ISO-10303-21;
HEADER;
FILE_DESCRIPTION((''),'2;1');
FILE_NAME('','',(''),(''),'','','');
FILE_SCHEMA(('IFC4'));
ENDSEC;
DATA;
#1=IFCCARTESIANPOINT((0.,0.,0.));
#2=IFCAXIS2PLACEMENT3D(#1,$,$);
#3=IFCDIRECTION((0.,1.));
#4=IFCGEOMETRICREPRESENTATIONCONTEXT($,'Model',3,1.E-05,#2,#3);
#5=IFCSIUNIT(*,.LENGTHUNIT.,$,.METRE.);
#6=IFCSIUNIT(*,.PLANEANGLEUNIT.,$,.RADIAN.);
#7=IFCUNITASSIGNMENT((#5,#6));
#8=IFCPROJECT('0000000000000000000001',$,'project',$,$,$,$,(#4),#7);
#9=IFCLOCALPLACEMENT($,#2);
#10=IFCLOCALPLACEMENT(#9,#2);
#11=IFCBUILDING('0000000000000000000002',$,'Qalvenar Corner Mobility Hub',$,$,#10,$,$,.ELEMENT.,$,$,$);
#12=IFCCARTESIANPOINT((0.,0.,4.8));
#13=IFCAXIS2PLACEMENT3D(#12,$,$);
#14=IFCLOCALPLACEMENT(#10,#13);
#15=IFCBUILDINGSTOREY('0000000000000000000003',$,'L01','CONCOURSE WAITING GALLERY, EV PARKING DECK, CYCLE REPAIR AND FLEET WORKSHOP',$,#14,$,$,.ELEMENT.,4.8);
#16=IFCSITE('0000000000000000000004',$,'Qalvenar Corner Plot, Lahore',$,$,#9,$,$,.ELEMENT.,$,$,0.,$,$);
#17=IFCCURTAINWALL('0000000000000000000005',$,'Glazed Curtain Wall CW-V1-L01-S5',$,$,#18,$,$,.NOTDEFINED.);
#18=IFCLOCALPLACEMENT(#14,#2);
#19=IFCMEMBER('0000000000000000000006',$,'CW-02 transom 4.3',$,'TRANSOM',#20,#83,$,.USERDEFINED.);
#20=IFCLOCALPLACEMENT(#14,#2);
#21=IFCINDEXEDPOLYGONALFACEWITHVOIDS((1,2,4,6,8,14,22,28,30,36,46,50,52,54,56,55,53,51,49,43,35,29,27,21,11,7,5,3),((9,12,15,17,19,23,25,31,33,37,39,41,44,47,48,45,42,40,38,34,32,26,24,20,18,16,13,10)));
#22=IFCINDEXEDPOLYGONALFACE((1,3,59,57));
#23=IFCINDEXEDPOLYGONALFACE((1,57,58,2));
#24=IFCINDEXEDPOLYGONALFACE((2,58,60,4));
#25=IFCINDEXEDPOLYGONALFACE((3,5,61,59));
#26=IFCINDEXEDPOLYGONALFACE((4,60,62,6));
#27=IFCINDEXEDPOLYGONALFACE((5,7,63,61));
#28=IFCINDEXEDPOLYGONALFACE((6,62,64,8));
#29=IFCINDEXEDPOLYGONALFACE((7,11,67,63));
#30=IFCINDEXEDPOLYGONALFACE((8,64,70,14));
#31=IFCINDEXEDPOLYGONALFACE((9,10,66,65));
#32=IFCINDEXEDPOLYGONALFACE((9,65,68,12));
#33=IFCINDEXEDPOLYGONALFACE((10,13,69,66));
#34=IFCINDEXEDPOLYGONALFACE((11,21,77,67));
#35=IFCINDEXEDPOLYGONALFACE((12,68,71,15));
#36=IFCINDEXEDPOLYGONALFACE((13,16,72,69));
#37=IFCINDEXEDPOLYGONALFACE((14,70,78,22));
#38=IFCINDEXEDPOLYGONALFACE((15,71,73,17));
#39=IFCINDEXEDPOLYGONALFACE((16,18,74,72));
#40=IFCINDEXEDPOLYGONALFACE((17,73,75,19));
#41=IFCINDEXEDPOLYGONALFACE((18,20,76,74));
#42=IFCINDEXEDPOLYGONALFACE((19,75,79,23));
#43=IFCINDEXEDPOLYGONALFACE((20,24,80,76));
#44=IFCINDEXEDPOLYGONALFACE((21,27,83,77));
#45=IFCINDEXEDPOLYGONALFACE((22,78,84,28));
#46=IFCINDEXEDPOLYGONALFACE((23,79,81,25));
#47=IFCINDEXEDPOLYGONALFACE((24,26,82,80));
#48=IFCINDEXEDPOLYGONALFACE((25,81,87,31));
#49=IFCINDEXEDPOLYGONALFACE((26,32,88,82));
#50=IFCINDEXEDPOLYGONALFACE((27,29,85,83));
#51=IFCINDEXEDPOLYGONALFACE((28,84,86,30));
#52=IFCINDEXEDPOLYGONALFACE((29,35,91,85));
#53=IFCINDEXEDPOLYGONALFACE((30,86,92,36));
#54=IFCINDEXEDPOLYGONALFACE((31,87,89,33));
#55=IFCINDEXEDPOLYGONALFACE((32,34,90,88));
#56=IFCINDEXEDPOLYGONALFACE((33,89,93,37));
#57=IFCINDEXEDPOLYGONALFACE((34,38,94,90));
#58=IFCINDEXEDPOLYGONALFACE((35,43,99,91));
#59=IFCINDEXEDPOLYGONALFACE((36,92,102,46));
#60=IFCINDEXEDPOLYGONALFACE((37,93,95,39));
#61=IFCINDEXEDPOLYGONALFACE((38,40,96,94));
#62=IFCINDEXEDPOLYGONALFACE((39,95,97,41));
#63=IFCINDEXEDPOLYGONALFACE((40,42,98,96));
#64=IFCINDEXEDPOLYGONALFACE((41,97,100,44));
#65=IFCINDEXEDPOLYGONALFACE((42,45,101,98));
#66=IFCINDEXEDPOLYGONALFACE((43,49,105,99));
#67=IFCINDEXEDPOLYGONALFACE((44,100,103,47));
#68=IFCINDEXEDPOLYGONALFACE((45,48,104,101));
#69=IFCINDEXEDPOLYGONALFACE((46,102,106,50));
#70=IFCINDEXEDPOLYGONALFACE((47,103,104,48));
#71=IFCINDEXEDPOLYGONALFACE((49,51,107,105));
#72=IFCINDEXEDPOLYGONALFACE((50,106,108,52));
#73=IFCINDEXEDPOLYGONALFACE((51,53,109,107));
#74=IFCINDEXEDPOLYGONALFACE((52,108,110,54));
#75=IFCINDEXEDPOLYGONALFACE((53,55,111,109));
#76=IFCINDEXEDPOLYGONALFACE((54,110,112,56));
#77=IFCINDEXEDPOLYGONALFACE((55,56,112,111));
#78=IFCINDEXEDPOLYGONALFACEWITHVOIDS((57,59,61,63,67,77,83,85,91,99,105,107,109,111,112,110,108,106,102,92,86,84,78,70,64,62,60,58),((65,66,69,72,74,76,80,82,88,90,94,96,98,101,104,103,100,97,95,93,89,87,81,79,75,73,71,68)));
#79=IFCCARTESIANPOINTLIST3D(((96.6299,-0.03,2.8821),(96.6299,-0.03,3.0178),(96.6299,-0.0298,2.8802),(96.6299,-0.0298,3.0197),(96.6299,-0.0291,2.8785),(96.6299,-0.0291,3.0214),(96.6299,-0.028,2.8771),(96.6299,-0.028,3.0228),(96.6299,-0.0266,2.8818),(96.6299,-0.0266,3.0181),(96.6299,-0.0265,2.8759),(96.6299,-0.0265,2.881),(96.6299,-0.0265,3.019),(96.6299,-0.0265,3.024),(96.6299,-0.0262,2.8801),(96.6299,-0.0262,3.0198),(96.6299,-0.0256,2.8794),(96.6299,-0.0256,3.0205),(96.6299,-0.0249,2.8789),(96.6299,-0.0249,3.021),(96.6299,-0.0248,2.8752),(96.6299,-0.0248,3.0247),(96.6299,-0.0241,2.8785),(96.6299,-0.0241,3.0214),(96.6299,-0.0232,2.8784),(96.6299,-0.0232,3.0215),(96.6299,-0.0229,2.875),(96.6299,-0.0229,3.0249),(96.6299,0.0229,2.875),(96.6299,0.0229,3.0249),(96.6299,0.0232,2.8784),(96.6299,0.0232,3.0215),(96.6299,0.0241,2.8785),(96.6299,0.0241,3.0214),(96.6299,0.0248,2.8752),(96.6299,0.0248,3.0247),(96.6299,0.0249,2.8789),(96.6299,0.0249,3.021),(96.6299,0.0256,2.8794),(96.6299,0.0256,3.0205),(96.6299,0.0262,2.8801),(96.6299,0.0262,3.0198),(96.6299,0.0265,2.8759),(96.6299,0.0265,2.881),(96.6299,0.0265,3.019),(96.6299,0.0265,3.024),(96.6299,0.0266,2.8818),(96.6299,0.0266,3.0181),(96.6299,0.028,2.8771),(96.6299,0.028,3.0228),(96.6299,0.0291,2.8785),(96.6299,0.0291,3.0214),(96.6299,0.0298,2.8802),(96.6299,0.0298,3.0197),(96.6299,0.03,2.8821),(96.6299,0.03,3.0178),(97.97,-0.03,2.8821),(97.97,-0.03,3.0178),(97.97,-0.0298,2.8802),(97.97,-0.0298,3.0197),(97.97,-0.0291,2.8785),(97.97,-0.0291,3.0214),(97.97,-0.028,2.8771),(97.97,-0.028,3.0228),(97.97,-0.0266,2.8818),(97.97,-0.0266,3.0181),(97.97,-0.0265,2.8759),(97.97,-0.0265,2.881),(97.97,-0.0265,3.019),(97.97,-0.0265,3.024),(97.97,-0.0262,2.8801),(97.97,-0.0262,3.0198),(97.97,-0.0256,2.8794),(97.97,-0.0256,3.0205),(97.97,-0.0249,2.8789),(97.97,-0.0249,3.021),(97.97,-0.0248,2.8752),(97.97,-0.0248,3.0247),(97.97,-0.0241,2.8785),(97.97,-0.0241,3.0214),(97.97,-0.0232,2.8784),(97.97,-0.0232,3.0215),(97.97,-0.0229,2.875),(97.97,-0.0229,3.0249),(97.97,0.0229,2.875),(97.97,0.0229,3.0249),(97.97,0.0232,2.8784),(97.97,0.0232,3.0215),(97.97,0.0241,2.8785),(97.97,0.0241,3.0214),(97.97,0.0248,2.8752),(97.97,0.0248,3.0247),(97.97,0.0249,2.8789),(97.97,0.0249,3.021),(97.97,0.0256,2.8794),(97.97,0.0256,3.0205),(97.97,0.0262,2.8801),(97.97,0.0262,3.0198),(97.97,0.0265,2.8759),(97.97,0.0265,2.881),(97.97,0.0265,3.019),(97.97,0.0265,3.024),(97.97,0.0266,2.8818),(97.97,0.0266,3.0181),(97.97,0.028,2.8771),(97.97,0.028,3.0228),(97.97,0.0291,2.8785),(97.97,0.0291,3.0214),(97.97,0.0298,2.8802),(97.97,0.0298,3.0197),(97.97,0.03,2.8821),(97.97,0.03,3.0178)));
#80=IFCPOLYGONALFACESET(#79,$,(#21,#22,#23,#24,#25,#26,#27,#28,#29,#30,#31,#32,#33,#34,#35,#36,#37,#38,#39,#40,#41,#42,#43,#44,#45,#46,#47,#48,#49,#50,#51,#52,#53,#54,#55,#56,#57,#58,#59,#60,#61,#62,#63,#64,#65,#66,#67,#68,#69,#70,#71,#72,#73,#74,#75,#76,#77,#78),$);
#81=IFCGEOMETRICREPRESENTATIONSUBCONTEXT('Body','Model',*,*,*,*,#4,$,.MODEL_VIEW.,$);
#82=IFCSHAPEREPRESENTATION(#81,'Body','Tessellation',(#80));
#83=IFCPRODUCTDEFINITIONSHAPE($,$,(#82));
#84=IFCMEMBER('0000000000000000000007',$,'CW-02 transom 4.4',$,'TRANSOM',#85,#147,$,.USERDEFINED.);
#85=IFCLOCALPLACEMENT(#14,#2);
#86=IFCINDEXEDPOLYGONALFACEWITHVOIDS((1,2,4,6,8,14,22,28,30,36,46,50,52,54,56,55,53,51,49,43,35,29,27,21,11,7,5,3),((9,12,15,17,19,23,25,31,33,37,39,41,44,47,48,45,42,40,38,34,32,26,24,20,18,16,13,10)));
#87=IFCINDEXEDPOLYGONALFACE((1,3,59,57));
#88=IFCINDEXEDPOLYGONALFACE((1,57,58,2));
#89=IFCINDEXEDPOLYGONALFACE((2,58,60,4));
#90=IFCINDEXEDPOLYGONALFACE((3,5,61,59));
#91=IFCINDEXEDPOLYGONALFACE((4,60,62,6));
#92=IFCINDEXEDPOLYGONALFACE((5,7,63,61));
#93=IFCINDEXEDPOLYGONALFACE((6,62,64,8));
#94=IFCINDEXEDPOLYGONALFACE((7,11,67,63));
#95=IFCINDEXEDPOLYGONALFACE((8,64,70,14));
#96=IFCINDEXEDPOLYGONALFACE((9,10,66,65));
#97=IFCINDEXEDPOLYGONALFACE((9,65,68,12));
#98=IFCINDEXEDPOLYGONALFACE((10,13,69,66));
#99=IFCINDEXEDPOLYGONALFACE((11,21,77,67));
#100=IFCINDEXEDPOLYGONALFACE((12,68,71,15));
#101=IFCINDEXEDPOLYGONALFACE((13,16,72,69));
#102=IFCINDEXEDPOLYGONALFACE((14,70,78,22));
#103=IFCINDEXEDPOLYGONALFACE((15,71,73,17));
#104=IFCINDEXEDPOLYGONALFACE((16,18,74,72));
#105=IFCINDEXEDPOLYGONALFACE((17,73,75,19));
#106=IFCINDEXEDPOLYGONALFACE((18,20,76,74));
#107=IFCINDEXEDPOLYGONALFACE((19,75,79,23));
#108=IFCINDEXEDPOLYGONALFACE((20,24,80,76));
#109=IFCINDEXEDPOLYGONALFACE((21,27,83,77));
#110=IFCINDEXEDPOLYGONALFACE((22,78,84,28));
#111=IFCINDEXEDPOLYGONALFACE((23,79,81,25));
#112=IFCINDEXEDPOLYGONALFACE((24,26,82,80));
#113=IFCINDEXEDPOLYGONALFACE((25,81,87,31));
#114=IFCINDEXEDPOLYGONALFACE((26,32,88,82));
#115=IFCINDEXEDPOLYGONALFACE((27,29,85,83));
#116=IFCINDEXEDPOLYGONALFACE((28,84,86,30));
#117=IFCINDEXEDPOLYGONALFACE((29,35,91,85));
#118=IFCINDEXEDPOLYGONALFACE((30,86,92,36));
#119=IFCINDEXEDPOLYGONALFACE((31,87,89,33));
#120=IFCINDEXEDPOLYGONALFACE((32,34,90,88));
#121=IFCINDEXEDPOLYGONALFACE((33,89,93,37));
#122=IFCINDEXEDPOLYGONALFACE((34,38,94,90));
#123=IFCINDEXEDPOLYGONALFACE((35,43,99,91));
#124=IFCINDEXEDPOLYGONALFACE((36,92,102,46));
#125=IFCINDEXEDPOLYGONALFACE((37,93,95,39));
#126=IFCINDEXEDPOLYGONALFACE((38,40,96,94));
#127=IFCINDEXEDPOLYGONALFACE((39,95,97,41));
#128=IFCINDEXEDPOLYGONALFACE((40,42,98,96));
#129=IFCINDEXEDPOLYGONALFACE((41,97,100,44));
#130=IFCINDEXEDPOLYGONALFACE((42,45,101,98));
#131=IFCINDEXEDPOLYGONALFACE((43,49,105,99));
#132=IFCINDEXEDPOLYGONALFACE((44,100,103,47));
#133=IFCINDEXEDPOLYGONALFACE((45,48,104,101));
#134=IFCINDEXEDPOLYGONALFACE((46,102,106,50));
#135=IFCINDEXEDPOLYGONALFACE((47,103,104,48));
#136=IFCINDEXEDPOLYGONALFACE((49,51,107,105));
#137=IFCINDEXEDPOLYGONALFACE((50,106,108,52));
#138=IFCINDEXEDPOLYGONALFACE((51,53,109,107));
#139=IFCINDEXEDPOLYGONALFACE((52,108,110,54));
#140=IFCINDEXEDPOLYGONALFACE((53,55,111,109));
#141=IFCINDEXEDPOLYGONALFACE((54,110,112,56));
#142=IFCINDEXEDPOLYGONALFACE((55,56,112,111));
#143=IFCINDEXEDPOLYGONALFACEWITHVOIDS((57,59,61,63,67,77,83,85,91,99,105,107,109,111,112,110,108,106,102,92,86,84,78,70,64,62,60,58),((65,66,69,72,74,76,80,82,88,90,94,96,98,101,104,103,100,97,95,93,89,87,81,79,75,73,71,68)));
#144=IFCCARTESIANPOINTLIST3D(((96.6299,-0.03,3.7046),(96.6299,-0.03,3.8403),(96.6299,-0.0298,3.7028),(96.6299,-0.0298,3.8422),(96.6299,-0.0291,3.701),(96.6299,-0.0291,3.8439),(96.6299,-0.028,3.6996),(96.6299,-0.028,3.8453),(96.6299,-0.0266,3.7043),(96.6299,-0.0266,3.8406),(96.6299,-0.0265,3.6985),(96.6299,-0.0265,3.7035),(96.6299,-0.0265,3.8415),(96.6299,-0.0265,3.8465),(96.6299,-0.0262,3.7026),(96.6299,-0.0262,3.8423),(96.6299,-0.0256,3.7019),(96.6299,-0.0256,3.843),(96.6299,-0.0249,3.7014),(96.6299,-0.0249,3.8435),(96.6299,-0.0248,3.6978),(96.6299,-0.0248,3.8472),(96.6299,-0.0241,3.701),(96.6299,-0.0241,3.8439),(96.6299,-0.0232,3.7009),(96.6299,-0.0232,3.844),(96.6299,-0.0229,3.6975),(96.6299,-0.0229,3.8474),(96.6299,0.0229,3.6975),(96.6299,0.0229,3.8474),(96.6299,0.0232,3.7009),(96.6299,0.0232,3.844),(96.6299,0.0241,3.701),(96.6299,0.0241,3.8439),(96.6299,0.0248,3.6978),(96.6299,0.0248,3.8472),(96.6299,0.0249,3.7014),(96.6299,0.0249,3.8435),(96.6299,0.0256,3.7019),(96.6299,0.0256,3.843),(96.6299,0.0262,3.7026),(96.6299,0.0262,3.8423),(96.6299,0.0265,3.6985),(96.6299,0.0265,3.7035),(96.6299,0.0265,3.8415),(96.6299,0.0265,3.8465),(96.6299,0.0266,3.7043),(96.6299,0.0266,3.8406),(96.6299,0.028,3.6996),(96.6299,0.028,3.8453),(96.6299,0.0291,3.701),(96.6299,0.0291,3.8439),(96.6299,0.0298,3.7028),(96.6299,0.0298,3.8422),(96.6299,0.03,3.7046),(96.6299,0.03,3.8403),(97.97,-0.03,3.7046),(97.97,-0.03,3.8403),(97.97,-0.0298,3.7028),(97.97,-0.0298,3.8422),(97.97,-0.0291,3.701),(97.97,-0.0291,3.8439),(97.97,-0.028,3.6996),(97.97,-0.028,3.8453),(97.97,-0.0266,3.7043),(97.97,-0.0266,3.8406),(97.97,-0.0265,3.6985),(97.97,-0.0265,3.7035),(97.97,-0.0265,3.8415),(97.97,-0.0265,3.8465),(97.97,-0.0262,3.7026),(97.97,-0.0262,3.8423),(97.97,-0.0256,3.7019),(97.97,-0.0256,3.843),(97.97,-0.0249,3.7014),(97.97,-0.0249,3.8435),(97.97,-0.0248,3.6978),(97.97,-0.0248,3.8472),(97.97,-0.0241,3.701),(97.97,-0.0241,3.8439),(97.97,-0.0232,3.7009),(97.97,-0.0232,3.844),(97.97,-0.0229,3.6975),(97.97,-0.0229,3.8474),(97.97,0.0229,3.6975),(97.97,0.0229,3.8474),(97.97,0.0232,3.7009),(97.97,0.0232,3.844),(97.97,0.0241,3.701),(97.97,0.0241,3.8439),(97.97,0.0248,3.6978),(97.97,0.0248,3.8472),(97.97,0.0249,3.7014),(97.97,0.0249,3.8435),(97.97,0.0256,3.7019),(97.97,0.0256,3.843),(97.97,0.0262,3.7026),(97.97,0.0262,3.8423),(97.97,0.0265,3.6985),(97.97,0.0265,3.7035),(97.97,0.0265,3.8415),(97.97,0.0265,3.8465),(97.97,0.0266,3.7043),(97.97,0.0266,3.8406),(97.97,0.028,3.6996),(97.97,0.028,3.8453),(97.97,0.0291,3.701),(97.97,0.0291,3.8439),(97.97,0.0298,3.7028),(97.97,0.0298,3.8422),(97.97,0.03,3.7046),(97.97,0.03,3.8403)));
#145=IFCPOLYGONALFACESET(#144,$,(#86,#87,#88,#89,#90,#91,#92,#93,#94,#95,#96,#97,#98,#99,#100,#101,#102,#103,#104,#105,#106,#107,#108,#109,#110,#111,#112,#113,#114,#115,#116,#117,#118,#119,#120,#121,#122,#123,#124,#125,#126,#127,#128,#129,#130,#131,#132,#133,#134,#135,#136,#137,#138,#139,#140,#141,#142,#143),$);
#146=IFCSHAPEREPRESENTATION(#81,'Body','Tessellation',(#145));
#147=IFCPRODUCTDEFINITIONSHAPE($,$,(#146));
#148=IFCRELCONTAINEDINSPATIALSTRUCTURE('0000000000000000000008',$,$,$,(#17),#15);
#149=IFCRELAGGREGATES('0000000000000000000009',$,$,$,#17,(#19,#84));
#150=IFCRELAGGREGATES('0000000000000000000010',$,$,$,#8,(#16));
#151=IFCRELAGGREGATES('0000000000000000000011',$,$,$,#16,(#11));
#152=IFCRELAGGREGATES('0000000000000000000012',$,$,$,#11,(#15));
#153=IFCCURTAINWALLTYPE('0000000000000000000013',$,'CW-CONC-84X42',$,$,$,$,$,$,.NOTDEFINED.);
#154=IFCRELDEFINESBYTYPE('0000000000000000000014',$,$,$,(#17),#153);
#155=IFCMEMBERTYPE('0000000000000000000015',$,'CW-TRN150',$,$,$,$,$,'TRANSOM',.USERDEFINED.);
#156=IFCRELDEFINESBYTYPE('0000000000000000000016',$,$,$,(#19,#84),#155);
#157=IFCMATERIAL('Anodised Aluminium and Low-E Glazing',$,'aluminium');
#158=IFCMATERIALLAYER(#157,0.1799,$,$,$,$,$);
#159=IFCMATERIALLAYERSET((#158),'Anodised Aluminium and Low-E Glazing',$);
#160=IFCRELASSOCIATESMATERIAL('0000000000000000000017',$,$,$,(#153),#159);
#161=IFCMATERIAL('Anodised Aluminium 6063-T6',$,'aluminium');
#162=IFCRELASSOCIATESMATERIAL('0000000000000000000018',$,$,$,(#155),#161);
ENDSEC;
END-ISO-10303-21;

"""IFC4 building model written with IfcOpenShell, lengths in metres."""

from ifc_helpers import new_model, si_unit, direction, frame, origin, origin_2d, place, context, subcontext, project, spatial, hollow_rectangle, extrude, material, layer, layer_set, material_profile, profile_set, type_object, element, aggregate, save


model = new_model("IFC4")

# Units and contexts
model_context = context("Model", 3, precision=1e-05, world=origin(), true_north=direction((0.0, 1.0)))
body_context = subcontext(model_context, "Body", "Model", "MODEL_VIEW")
ifc_project = project(units=[si_unit("LENGTHUNIT", "METRE"), si_unit("PLANEANGLEUNIT", "RADIAN")], contexts=[model_context])

# Site, building, storey
site_placement = place(None, origin())
site = spatial("IfcSite", under=ifc_project, at=site_placement, Name="Qalvenar Corner Plot, Lahore", CompositionType="ELEMENT", RefElevation=0.0)
building_placement = place(site_placement, origin())
building = spatial("IfcBuilding", under=site, at=building_placement, Name="Qalvenar Corner Mobility Hub", CompositionType="ELEMENT")
storey_placement = place(building_placement, frame((0.0, 0.0, 4.8)))
storey = spatial("IfcBuildingStorey", under=building, at=storey_placement, Name="L01", Description="CONCOURSE WAITING GALLERY, EV PARKING DECK, CYCLE REPAIR AND FLEET WORKSHOP", CompositionType="ELEMENT", Elevation=4.8)

# Curtain wall
ifc_material_1 = material(Name="Anodised Aluminium and Low-E Glazing", Category="aluminium")
ifc_layer_1 = layer(ifc_material_1, 0.1799)
ifc_layer_set_1 = layer_set([ifc_layer_1], Name="Anodised Aluminium and Low-E Glazing")
curtain_wall_type = type_object("IfcCurtainWallType", Name="CW-CONC-84X42", PredefinedType="NOTDEFINED", material=ifc_layer_set_1)
curtain_wall_1_placement = place(storey_placement, origin())
curtain_wall_1 = element("IfcCurtainWall", 1, at=curtain_wall_1_placement, inside=storey, type_object=curtain_wall_type, Name="Glazed Curtain Wall CW-V1-L01-S5", PredefinedType="NOTDEFINED")
ifc_material_2 = material(Name="Anodised Aluminium 6063-T6", Category="aluminium")

# Members
ifc_material_profile_1 = material_profile(ifc_material_2, hollow_rectangle(XDim=0.0601, YDim=0.1499, WallThickness=0.0034, InnerFilletRadius=0.0034, OuterFilletRadius=0.0071, at=origin_2d()), Name="RHS150x60x3.5")
ifc_profile_set_1 = profile_set([ifc_material_profile_1], Name="Anodised Aluminium 6063-T6")
member_type_1 = type_object("IfcMemberType", Name="CW-TRN150", ElementType="TRANSOM", PredefinedType="USERDEFINED", material=ifc_profile_set_1)
member_1_placement = place(storey_placement, frame((96.6299, 0.0, 2.95), z_axis=(1.0, 0.0, 0.0), x_axis=(0.0, 1.0, 0.0)))
member_1 = element("IfcMember", 2, at=member_1_placement, type_object=member_type_1, Name="CW-02 transom 4.3", ObjectType="TRANSOM", PredefinedType="USERDEFINED", context=body_context, shape_type="SweptSolid", body=[
    extrude(hollow_rectangle(XDim=0.0601, YDim=0.1499, WallThickness=0.0034, InnerFilletRadius=0.0034, OuterFilletRadius=0.0071, at=origin_2d()), origin(), (0.0, 0.0, 1.0), 1.3401),
])
member_2_placement = place(storey_placement, frame((96.6299, 0.0, 3.7725), z_axis=(1.0, 0.0, 0.0), x_axis=(0.0, 1.0, 0.0)))
member_2 = element("IfcMember", 3, at=member_2_placement, type_object=member_type_1, Name="CW-02 transom 4.4", ObjectType="TRANSOM", PredefinedType="USERDEFINED", context=body_context, shape_type="SweptSolid", body=[
    extrude(hollow_rectangle(XDim=0.0601, YDim=0.1499, WallThickness=0.0034, InnerFilletRadius=0.0034, OuterFilletRadius=0.0071, at=origin_2d()), origin(), (0.0, 0.0, 1.0), 1.3401),
])

aggregate(curtain_wall_1, [member_1, member_2])

save(model, "model.ifc")
